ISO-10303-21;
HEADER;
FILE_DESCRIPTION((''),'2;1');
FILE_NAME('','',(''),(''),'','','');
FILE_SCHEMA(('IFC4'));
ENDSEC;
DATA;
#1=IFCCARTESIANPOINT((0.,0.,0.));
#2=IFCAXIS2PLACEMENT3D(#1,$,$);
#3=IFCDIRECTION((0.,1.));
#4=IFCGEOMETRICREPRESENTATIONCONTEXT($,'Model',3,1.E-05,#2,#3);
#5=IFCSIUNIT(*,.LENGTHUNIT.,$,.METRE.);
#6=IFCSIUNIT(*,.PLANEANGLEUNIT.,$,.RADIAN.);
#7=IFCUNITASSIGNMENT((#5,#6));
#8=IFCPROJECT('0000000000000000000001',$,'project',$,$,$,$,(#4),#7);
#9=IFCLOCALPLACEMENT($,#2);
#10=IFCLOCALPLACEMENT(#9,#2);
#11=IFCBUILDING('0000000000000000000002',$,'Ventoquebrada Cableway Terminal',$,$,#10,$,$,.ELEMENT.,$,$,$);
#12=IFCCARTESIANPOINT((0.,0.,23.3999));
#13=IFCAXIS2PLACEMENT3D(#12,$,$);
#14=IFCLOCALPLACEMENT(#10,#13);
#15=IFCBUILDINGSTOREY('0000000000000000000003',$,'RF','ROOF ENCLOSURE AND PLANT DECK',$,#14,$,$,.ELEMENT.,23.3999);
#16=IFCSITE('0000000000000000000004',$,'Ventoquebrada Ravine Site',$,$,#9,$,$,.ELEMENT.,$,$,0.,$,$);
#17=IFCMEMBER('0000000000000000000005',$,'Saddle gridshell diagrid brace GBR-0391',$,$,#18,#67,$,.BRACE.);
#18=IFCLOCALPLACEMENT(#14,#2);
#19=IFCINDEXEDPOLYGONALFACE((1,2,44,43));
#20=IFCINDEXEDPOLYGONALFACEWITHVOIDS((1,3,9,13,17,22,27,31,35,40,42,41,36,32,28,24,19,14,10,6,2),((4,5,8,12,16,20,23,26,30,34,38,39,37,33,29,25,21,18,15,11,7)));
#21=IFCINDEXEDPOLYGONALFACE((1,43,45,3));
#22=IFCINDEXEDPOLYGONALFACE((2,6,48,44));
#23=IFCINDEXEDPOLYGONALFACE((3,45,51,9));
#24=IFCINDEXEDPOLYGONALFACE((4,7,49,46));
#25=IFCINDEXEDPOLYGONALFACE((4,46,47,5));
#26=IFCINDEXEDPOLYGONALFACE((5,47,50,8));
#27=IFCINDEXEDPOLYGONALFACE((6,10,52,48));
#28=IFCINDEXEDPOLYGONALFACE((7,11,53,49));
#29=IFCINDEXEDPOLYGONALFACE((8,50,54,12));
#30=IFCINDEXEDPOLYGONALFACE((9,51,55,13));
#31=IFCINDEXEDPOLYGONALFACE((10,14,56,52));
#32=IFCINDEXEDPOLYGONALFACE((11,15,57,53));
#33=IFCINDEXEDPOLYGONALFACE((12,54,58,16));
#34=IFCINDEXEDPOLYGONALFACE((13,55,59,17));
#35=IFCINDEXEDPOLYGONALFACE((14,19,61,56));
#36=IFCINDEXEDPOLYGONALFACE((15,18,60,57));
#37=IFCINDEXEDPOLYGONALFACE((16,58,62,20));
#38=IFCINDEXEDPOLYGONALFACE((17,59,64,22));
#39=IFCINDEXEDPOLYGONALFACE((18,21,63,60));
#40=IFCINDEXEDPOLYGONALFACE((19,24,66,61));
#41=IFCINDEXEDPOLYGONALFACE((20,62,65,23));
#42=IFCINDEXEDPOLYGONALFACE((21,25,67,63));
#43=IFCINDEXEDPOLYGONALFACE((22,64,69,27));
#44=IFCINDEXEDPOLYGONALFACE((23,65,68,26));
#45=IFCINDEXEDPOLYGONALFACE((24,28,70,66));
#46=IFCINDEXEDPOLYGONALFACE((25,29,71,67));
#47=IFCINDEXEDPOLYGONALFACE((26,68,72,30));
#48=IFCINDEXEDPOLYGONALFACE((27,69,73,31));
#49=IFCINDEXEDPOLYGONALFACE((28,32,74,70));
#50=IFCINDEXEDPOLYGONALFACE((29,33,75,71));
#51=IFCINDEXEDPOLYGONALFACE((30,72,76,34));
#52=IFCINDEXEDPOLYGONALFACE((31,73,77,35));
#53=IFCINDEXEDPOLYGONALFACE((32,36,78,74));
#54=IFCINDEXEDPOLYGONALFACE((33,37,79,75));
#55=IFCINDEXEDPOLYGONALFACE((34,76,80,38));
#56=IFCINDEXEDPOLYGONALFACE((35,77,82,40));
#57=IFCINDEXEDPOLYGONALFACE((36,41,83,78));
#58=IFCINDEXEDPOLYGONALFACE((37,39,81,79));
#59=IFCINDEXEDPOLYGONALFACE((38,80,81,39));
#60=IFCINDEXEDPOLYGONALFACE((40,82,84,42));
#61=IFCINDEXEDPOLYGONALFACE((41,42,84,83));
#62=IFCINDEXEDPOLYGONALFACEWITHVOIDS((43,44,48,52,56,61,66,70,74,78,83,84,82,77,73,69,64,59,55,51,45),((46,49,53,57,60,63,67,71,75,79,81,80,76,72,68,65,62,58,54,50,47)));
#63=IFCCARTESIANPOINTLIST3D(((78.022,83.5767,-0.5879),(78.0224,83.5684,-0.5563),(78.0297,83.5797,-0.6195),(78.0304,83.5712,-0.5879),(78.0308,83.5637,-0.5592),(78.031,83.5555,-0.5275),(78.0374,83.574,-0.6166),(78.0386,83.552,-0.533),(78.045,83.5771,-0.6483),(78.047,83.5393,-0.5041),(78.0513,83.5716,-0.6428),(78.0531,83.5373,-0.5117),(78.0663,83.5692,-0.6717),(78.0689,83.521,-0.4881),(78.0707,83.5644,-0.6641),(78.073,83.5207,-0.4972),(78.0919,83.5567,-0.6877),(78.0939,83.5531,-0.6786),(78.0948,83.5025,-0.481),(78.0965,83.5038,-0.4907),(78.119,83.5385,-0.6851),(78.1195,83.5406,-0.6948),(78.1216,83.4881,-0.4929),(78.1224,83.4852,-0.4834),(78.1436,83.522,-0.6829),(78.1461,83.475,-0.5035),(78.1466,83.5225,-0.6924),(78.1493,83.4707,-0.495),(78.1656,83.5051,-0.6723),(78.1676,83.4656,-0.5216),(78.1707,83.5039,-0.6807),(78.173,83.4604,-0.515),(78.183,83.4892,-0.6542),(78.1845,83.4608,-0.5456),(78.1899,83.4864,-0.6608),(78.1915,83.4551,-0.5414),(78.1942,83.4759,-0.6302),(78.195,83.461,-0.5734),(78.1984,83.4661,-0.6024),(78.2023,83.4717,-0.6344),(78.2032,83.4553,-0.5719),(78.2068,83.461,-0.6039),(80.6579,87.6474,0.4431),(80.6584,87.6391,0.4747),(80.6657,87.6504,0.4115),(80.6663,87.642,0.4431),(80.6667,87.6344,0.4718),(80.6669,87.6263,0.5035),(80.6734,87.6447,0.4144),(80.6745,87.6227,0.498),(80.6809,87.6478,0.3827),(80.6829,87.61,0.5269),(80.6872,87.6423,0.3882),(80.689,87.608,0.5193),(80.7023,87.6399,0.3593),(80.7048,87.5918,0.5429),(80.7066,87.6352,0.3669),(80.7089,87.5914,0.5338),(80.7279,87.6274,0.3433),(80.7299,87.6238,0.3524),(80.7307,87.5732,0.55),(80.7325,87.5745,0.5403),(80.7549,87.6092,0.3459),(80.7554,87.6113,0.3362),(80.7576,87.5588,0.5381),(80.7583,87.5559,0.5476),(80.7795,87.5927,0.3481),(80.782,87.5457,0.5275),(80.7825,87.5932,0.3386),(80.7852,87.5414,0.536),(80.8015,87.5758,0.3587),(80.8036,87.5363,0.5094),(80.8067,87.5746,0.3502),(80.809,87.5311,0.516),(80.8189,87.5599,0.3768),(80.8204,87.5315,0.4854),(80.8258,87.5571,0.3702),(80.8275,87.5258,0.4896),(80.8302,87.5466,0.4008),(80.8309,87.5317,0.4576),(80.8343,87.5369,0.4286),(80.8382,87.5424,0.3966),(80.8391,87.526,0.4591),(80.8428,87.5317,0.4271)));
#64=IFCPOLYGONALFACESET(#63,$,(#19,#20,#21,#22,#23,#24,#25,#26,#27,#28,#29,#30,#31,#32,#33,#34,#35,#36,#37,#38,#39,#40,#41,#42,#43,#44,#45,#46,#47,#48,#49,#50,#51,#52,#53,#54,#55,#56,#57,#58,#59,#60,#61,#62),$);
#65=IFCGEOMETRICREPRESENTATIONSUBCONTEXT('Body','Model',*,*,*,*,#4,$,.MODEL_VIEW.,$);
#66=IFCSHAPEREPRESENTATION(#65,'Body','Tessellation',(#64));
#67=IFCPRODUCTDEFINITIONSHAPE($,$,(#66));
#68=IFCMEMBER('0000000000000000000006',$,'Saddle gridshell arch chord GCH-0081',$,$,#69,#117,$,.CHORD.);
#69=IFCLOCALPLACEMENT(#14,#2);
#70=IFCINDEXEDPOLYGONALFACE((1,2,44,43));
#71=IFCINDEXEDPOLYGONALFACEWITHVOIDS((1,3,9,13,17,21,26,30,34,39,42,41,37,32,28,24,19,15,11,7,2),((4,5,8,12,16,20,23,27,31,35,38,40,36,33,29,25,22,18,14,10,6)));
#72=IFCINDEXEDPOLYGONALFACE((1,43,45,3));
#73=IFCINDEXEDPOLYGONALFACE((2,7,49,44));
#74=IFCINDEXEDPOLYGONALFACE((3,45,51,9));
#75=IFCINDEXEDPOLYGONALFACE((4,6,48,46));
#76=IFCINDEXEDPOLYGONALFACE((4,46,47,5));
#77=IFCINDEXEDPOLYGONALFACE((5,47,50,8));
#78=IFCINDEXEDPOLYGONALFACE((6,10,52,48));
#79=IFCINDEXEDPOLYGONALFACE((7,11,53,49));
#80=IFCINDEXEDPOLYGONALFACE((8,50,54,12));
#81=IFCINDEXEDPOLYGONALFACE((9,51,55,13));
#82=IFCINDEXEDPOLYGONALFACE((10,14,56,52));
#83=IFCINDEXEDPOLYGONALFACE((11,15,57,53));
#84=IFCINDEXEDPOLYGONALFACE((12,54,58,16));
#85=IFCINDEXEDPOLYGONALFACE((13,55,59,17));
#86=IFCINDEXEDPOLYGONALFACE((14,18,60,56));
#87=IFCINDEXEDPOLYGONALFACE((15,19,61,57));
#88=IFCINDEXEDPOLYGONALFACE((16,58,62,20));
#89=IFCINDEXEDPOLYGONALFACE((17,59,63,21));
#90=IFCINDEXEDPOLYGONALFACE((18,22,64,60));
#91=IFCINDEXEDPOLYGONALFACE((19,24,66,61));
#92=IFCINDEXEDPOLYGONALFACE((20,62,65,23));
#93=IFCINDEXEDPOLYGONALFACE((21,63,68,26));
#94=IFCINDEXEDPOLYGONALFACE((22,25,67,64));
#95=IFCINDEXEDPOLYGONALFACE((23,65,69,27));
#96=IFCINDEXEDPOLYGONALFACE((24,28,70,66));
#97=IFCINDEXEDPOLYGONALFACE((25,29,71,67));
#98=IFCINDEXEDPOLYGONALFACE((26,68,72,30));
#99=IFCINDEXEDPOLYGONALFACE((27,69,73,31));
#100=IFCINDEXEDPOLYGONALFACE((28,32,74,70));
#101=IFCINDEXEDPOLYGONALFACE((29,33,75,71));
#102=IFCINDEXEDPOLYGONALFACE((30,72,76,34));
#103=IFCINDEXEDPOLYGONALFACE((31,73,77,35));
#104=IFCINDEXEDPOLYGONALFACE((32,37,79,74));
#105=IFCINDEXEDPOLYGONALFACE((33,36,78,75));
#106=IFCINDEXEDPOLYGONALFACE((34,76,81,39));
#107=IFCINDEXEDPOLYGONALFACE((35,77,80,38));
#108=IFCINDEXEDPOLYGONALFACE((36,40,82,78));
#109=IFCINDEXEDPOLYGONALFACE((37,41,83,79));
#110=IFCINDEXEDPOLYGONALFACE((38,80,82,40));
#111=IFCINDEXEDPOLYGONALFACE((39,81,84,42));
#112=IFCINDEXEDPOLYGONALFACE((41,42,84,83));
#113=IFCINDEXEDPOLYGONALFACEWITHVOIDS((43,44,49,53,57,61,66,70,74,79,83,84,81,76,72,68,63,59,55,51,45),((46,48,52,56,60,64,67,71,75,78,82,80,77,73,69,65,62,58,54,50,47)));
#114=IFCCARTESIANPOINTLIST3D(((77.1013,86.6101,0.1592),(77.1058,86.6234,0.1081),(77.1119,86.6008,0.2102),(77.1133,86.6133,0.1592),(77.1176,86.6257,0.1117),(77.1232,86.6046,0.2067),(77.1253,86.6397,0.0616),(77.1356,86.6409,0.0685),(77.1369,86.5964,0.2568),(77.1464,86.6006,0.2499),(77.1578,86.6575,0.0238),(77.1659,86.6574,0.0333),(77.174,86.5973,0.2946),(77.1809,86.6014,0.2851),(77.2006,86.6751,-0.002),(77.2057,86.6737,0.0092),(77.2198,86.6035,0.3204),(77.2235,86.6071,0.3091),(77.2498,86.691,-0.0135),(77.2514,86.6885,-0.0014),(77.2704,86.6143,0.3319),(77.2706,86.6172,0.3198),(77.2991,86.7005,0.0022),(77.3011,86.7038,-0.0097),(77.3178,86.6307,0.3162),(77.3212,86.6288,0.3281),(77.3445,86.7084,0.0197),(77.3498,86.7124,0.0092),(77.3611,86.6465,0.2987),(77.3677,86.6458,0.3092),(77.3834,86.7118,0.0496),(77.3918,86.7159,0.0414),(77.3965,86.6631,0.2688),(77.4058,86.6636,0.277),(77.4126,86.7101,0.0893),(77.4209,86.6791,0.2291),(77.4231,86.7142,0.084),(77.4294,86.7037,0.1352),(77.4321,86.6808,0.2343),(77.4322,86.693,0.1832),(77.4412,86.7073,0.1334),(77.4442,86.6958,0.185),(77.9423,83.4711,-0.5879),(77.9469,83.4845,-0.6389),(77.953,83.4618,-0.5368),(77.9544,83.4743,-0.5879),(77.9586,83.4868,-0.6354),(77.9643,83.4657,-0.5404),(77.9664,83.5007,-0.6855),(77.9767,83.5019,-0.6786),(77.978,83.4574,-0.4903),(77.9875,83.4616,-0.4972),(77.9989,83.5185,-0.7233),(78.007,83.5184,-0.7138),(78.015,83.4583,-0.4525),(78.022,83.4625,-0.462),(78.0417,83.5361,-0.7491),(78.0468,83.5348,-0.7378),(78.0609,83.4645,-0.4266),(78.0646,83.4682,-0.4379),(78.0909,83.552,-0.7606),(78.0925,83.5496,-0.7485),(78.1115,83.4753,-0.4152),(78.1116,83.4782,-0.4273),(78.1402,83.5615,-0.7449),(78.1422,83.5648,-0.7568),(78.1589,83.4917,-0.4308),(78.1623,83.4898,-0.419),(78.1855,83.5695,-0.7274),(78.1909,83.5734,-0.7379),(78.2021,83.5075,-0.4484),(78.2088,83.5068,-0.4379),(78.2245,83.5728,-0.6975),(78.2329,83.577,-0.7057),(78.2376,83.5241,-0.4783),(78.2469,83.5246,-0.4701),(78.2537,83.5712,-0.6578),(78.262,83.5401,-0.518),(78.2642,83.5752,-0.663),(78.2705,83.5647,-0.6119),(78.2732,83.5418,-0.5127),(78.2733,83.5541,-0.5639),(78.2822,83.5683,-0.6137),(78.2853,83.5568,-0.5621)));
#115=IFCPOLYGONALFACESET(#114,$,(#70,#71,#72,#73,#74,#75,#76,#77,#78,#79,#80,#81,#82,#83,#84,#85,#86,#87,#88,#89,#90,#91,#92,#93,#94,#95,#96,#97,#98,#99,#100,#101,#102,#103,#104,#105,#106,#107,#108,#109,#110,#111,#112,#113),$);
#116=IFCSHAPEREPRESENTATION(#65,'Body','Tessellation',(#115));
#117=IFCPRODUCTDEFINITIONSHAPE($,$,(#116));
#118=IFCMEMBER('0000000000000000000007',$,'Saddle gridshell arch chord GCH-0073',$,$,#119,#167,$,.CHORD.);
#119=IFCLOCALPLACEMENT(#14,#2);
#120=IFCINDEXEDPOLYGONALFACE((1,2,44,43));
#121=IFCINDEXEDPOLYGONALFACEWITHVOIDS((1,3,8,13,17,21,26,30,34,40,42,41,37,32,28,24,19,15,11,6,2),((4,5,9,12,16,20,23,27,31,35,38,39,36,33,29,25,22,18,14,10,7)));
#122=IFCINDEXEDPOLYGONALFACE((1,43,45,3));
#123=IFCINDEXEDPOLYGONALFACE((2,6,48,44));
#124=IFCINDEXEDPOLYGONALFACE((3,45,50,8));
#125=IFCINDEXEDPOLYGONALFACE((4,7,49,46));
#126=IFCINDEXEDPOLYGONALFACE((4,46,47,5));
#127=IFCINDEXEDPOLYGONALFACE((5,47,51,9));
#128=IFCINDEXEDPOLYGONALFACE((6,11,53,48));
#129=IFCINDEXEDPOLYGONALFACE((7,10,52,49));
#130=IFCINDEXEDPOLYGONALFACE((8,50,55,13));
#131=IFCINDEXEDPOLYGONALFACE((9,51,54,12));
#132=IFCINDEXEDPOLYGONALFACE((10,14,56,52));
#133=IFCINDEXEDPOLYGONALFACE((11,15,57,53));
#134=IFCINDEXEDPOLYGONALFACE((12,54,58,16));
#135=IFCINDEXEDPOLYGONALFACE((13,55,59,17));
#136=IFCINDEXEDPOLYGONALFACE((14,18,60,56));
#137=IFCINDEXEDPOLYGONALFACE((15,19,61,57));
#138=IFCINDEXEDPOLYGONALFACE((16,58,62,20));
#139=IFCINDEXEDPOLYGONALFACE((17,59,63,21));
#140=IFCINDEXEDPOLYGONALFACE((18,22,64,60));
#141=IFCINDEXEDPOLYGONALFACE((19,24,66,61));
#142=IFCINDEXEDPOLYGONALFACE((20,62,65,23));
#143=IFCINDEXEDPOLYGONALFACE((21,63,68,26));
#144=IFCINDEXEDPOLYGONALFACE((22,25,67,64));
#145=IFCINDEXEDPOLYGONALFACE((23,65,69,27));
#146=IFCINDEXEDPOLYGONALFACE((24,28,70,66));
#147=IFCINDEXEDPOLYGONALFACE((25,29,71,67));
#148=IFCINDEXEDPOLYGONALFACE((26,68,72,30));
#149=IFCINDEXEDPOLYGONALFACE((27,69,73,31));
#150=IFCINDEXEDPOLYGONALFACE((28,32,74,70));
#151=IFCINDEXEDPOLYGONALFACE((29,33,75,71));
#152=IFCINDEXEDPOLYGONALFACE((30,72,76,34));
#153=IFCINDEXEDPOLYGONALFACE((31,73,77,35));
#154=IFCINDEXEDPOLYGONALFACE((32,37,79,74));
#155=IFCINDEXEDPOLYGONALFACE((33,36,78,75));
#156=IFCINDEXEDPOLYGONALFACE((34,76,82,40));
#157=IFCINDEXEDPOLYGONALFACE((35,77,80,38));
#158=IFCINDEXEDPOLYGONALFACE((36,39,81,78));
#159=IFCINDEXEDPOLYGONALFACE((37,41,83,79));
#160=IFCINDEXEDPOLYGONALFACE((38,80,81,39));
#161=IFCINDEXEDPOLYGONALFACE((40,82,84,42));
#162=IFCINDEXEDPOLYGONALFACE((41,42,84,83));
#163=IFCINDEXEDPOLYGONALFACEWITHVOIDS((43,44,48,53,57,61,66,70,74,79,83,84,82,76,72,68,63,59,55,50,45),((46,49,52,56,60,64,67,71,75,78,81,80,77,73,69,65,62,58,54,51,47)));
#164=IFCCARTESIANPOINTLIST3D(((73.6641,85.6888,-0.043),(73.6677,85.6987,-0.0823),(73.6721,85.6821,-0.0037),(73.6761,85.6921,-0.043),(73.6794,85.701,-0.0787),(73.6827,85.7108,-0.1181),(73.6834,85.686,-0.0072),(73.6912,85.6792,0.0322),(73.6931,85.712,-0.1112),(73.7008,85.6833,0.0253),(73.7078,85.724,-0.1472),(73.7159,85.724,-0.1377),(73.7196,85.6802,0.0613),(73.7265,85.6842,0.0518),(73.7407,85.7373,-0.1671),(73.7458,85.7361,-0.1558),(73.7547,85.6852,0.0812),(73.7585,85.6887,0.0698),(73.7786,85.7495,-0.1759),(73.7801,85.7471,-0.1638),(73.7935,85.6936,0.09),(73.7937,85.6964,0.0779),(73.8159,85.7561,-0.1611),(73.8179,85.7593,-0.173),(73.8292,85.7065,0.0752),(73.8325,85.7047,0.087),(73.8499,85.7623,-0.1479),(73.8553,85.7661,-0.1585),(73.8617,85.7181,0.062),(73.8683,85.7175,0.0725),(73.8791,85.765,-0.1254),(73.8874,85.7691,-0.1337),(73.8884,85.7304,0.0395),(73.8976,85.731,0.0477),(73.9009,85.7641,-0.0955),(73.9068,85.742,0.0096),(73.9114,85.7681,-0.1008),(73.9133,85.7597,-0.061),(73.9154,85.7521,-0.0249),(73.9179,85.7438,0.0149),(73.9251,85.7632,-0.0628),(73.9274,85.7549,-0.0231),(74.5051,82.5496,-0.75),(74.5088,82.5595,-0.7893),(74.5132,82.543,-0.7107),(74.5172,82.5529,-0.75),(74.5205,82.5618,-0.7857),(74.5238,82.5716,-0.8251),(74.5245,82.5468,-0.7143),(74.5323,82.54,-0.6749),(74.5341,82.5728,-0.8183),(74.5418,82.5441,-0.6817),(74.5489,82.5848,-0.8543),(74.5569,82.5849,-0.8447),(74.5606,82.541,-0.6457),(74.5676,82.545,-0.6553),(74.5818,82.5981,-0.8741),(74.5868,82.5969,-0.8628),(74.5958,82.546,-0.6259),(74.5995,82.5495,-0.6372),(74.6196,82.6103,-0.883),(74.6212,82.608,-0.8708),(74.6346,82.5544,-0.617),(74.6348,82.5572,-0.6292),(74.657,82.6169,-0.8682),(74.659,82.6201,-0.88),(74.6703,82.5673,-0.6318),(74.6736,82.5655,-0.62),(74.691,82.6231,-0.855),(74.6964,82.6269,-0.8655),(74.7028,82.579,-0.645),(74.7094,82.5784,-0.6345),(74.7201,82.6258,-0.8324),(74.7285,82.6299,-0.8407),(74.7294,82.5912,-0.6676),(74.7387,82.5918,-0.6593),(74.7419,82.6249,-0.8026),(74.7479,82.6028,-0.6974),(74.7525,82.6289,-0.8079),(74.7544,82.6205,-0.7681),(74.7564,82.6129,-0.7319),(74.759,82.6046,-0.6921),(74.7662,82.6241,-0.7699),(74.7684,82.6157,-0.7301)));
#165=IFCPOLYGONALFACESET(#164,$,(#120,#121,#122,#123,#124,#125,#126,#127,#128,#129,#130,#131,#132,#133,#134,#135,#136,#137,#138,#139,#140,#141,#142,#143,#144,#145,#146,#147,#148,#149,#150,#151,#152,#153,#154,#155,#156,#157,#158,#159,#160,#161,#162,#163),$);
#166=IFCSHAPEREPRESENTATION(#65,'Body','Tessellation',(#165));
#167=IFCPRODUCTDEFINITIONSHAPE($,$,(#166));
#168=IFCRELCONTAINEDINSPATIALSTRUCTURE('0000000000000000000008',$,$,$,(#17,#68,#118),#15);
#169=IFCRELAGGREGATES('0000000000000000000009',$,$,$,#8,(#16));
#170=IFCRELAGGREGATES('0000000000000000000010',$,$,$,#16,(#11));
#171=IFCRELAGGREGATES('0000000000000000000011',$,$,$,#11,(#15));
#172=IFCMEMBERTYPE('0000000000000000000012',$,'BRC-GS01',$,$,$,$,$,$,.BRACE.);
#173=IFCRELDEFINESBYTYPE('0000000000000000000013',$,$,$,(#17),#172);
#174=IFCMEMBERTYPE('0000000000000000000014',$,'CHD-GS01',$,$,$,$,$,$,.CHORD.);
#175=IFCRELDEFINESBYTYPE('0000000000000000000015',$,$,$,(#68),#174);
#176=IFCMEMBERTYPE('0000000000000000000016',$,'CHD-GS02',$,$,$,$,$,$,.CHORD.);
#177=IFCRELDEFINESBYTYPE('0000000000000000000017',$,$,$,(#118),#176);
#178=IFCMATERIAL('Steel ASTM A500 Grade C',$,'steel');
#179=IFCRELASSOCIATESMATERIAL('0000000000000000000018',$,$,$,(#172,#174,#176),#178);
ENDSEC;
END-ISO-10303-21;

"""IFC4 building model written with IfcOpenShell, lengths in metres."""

from ifc_helpers import new_model, si_unit, direction, frame, origin, origin_2d, place, context, subcontext, project, spatial, hollow_circle, extrude, material, material_profile, profile_set, type_object, element, save


model = new_model("IFC4")

# Units and contexts
model_context = context("Model", 3, precision=1e-05, world=origin(), true_north=direction((0.0, 1.0)))
body_context = subcontext(model_context, "Body", "Model", "MODEL_VIEW")
ifc_project = project(units=[si_unit("LENGTHUNIT", "METRE"), si_unit("PLANEANGLEUNIT", "RADIAN")], contexts=[model_context])

# Site, building, storey
site_placement = place(None, origin())
site = spatial("IfcSite", under=ifc_project, at=site_placement, Name="Ventoquebrada Ravine Site", CompositionType="ELEMENT", RefElevation=0.0)
building_placement = place(site_placement, origin())
building = spatial("IfcBuilding", under=site, at=building_placement, Name="Ventoquebrada Cableway Terminal", CompositionType="ELEMENT")
storey_placement = place(building_placement, frame((0.0, 0.0, 23.3999)))
storey = spatial("IfcBuildingStorey", under=building, at=storey_placement, Name="RF", Description="ROOF ENCLOSURE AND PLANT DECK", CompositionType="ELEMENT", Elevation=23.3999)

# Members
ifc_material_1 = material(Name="Steel ASTM A500 Grade C", Category="steel")
ifc_material_profile_1 = material_profile(ifc_material_1, hollow_circle(Radius=0.1096, WallThickness=0.01, at=origin_2d()), Name="CHS219.1X10")
ifc_profile_set_1 = profile_set([ifc_material_profile_1], Name="Steel ASTM A500 Grade C")
member_type_1 = type_object("IfcMemberType", Name="BRC-GS01", PredefinedType="BRACE", material=ifc_profile_set_1)
member_1_placement = place(storey_placement, frame((78.114, 83.5171, -0.5879), z_axis=(0.531652, 0.821039, 0.207943), x_axis=(-0.839388, 0.543533, 0.0)))
element("IfcMember", 1, at=member_1_placement, inside=storey, type_object=member_type_1, Name="Saddle gridshell diagrid brace GBR-0391", PredefinedType="BRACE", context=body_context, shape_type="SweptSolid", body=[
    extrude(hollow_circle(Radius=0.1096, WallThickness=0.01, at=origin_2d()), origin(), (0.0, 0.0, 1.0), 4.958),
])
ifc_material_profile_2 = material_profile(ifc_material_1, hollow_circle(Radius=0.1777, WallThickness=0.0125, at=origin_2d()), Name="CHS355.6X12.5")
ifc_profile_set_2 = profile_set([ifc_material_profile_2], Name="Steel ASTM A500 Grade C")
member_type_2 = type_object("IfcMemberType", Name="CHD-GS01", PredefinedType="CHORD", material=ifc_profile_set_2)
member_2_placement = place(storey_placement, frame((78.114, 83.5171, -0.5879), z_axis=(-0.252238, 0.94137, 0.224049), x_axis=(-0.965926, -0.258817, 0.0)))
element("IfcMember", 2, at=member_2_placement, inside=storey, type_object=member_type_2, Name="Saddle gridshell arch chord GCH-0081", PredefinedType="CHORD", context=body_context, shape_type="SweptSolid", body=[
    extrude(hollow_circle(Radius=0.1777, WallThickness=0.0125, at=origin_2d()), origin(), (0.0, 0.0, 1.0), 3.3345),
])
ifc_material_profile_3 = material_profile(ifc_material_1, hollow_circle(Radius=0.1365, WallThickness=0.0125, at=origin_2d()), Name="CHS273.0X12.5")
ifc_profile_set_3 = profile_set([ifc_material_profile_3], Name="Steel ASTM A500 Grade C")
member_type_3 = type_object("IfcMemberType", Name="CHD-GS02", PredefinedType="CHORD", material=ifc_profile_set_3)
member_3_placement = place(storey_placement, frame((74.637, 82.585, -0.75), z_axis=(-0.252883, 0.943853, 0.212583), x_axis=(-0.965931, -0.258799, 0.0)))
element("IfcMember", 3, at=member_3_placement, inside=storey, type_object=member_type_3, Name="Saddle gridshell arch chord GCH-0073", PredefinedType="CHORD", context=body_context, shape_type="SweptSolid", body=[
    extrude(hollow_circle(Radius=0.1365, WallThickness=0.0125, at=origin_2d()), origin(), (0.0, 0.0, 1.0), 3.3259),
])

save(model, "model.ifc")
